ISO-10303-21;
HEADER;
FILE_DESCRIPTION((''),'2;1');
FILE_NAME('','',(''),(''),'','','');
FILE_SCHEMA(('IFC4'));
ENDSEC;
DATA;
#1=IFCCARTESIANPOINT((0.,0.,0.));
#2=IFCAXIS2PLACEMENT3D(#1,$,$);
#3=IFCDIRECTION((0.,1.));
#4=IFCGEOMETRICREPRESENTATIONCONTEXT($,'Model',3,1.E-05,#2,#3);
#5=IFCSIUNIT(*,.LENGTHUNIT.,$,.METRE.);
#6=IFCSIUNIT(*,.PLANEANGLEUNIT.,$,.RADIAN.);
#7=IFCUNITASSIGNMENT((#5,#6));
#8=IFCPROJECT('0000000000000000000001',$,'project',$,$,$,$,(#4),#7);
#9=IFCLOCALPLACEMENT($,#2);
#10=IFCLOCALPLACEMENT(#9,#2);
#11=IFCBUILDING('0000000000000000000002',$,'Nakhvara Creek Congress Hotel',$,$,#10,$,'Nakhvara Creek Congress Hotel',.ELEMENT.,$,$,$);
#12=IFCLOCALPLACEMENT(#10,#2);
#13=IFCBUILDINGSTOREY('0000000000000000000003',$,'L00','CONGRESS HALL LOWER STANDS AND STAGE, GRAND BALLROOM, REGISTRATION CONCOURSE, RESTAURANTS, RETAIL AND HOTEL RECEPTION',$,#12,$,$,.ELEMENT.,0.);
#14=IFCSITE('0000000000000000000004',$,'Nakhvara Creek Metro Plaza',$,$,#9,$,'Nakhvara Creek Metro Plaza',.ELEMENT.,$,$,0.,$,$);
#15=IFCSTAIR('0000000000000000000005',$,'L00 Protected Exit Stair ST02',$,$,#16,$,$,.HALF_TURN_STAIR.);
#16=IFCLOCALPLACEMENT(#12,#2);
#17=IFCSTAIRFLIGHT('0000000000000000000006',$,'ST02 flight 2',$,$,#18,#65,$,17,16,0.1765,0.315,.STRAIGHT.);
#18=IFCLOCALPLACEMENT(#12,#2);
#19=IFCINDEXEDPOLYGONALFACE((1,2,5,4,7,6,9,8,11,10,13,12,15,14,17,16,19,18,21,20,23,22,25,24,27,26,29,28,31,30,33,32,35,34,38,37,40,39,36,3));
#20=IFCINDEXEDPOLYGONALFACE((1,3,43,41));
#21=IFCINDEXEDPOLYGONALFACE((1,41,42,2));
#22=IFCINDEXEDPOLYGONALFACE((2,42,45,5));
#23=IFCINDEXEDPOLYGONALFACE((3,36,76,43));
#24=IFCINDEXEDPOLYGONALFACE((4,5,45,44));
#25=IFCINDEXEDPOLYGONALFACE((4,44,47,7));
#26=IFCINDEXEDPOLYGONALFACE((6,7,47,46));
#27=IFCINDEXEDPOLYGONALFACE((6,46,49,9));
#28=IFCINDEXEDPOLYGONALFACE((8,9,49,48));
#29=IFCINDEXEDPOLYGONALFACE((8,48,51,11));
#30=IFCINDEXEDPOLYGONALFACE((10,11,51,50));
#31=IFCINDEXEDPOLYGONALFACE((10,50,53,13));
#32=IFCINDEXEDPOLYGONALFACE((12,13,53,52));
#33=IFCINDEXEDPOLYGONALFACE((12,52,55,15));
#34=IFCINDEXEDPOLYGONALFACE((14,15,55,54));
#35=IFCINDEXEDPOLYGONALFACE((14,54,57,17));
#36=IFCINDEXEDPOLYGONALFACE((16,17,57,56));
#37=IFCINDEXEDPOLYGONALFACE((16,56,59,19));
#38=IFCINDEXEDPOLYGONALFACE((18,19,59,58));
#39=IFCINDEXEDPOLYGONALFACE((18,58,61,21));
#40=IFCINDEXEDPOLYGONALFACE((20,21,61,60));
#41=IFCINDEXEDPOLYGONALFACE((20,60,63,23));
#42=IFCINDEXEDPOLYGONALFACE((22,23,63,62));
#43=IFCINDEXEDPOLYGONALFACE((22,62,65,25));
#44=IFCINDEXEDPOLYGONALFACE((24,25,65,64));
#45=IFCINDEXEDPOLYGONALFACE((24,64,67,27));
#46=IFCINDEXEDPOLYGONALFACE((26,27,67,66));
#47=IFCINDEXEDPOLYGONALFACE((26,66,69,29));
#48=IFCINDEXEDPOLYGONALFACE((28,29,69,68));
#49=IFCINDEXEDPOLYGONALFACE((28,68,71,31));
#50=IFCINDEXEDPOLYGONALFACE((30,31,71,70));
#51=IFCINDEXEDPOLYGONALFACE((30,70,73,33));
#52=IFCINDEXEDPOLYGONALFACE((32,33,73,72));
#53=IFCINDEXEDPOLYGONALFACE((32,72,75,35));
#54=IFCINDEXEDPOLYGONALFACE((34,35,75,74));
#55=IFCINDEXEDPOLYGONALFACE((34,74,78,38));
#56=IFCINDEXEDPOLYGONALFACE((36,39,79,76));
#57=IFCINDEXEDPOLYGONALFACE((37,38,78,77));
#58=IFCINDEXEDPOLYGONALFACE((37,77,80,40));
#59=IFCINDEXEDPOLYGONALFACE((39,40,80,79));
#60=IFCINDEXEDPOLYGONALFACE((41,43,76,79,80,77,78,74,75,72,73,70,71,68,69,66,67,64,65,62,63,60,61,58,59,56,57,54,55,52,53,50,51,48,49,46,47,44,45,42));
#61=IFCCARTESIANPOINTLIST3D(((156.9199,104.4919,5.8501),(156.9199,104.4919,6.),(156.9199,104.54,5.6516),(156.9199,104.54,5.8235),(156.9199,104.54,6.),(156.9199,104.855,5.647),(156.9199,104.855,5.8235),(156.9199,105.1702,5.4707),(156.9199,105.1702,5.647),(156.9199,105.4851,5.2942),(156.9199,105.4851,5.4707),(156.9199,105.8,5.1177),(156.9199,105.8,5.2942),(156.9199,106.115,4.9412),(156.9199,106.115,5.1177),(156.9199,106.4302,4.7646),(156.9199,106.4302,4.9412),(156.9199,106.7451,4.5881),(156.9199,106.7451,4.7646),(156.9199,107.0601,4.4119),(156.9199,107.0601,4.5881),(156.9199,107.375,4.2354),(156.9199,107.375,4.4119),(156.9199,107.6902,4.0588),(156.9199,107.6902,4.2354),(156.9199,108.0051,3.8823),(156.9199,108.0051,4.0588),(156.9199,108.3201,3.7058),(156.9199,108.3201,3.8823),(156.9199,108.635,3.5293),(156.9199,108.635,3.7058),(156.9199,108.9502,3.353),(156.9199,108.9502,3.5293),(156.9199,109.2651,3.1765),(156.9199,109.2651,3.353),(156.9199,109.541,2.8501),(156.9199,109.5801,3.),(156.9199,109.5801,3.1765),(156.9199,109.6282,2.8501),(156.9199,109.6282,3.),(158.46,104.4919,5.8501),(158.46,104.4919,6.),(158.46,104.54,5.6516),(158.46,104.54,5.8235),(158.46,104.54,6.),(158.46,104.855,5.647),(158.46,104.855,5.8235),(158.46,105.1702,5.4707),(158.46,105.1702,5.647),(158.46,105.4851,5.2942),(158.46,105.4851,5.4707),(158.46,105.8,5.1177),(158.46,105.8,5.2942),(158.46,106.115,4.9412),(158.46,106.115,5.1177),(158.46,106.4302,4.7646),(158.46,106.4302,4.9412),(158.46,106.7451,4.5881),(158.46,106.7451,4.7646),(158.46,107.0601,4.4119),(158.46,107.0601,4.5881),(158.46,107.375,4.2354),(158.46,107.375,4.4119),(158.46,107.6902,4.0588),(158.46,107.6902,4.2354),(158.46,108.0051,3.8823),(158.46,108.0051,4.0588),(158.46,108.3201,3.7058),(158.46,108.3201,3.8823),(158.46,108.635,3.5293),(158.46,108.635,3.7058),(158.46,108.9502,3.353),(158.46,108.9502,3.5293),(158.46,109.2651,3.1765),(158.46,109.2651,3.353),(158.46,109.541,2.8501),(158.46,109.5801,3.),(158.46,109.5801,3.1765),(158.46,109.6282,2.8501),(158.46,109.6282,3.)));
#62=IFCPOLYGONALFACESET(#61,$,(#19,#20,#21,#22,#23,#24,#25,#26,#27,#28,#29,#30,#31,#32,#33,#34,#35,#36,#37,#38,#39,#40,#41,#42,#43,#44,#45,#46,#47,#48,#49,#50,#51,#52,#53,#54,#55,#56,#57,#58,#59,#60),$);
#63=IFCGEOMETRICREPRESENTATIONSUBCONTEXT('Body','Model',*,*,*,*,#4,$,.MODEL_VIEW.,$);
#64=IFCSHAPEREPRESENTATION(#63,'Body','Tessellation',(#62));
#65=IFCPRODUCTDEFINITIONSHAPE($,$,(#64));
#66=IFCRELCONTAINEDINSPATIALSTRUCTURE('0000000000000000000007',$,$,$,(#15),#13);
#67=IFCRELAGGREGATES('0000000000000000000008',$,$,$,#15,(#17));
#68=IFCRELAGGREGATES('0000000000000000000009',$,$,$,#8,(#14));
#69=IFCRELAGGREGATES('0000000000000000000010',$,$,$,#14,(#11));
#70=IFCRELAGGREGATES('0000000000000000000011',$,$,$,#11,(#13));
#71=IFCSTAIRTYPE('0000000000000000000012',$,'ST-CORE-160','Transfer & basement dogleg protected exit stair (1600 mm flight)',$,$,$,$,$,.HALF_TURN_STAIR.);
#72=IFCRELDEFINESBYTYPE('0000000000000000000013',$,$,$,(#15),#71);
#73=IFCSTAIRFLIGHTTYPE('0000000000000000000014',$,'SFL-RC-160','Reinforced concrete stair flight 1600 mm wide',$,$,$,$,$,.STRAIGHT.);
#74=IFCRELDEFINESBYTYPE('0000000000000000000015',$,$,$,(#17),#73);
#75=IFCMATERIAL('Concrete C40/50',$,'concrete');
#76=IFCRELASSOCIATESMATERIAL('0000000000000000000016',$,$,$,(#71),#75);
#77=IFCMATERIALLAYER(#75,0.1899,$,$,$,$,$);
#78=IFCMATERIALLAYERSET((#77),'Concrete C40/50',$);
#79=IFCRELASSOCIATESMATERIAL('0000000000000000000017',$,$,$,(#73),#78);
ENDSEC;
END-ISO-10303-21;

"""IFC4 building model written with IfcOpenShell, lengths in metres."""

from ifc_helpers import new_model, si_unit, direction, frame, origin, place, context, subcontext, project, spatial, polyline, outline, extrude, material, layer, layer_set, type_object, element, aggregate, save


model = new_model("IFC4")

# Units and contexts
model_context = context("Model", 3, precision=1e-05, world=origin(), true_north=direction((0.0, 1.0)))
body_context = subcontext(model_context, "Body", "Model", "MODEL_VIEW")
ifc_project = project(units=[si_unit("LENGTHUNIT", "METRE"), si_unit("PLANEANGLEUNIT", "RADIAN")], contexts=[model_context])

# Site, building, storey
site_placement = place(None, origin())
site = spatial("IfcSite", under=ifc_project, at=site_placement, Name="Nakhvara Creek Metro Plaza", LongName="Nakhvara Creek Metro Plaza", CompositionType="ELEMENT", RefElevation=0.0)
building_placement = place(site_placement, origin())
building = spatial("IfcBuilding", under=site, at=building_placement, Name="Nakhvara Creek Congress Hotel", LongName="Nakhvara Creek Congress Hotel", CompositionType="ELEMENT")
storey_placement = place(building_placement, origin())
storey = spatial("IfcBuildingStorey", under=building, at=storey_placement, Name="L00", Description="CONGRESS HALL LOWER STANDS AND STAGE, GRAND BALLROOM, REGISTRATION CONCOURSE, RESTAURANTS, RETAIL AND HOTEL RECEPTION", CompositionType="ELEMENT", Elevation=0.0)

# Shared definitions
ifc_material_1 = material(Name="Concrete C40/50", Category="concrete")

# Stair, stair flight
stair_type = type_object("IfcStairType", Name="ST-CORE-160", Description="Transfer & basement dogleg protected exit stair (1600 mm flight)", PredefinedType="HALF_TURN_STAIR", material=ifc_material_1)
stair_placement = place(storey_placement, origin())
stair = element("IfcStair", 1, at=stair_placement, inside=storey, type_object=stair_type, Name="L00 Protected Exit Stair ST02", PredefinedType="HALF_TURN_STAIR")
ifc_layer_1 = layer(ifc_material_1, 0.1899)
ifc_layer_set_1 = layer_set([ifc_layer_1], Name="Concrete C40/50")
stair_flight_type = type_object("IfcStairFlightType", Name="SFL-RC-160", Description="Reinforced concrete stair flight 1600 mm wide", PredefinedType="STRAIGHT", material=ifc_layer_set_1)
stair_flight_1_placement = place(storey_placement, frame((157.6899, 109.5801, 3.0), z_axis=(0.0, 0.0, 1.0), x_axis=(0.0, -1.0, 0.0)))
stair_flight_1 = element("IfcStairFlight", 2, at=stair_flight_1_placement, type_object=stair_flight_type, Name="ST02 flight 2", NumberOfRisers=17, NumberOfTreads=16, PredefinedType="STRAIGHT", RiserHeight=0.1765, TreadLength=0.315, context=body_context, shape_type="SweptSolid", body=[
    extrude(outline(polyline([(-0.0481, 0.0), (0.0, 0.0), (0.0, 0.1765), (0.3149, 0.1765), (0.3149, 0.353), (0.6299, 0.353), (0.6299, 0.5293), (0.9451, 0.5293), (0.9451, 0.7058), (1.26, 0.7058), (1.26, 0.8823), (1.575, 0.8823), (1.575, 1.0588), (1.8899, 1.0588), (1.8899, 1.2354), (2.2051, 1.2354), (2.2051, 1.4119), (2.52, 1.4119), (2.52, 1.5881), (2.835, 1.5881), (2.835, 1.7646), (3.1499, 1.7646), (3.1499, 1.9412), (3.4651, 1.9412), (3.4651, 2.1177), (3.78, 2.1177), (3.78, 2.2942), (4.095, 2.2942), (4.095, 2.4707), (4.4099, 2.4707), (4.4099, 2.647), (4.7251, 2.647), (4.7251, 2.8235), (5.04, 2.8235), (5.04, 3.0), (5.0881, 3.0), (5.0881, 2.8501), (5.04, 2.6516), (0.0391, -0.1499), (-0.0481, -0.1499), (-0.0481, 0.0)])), frame((0.0, 0.77, 0.0), z_axis=(0.0, -1.0, 0.0), x_axis=(1.0, 0.0, 0.0)), (0.0, 0.0, 1.0), 1.54),
])
aggregate(stair, [stair_flight_1])

save(model, "model.ifc")
